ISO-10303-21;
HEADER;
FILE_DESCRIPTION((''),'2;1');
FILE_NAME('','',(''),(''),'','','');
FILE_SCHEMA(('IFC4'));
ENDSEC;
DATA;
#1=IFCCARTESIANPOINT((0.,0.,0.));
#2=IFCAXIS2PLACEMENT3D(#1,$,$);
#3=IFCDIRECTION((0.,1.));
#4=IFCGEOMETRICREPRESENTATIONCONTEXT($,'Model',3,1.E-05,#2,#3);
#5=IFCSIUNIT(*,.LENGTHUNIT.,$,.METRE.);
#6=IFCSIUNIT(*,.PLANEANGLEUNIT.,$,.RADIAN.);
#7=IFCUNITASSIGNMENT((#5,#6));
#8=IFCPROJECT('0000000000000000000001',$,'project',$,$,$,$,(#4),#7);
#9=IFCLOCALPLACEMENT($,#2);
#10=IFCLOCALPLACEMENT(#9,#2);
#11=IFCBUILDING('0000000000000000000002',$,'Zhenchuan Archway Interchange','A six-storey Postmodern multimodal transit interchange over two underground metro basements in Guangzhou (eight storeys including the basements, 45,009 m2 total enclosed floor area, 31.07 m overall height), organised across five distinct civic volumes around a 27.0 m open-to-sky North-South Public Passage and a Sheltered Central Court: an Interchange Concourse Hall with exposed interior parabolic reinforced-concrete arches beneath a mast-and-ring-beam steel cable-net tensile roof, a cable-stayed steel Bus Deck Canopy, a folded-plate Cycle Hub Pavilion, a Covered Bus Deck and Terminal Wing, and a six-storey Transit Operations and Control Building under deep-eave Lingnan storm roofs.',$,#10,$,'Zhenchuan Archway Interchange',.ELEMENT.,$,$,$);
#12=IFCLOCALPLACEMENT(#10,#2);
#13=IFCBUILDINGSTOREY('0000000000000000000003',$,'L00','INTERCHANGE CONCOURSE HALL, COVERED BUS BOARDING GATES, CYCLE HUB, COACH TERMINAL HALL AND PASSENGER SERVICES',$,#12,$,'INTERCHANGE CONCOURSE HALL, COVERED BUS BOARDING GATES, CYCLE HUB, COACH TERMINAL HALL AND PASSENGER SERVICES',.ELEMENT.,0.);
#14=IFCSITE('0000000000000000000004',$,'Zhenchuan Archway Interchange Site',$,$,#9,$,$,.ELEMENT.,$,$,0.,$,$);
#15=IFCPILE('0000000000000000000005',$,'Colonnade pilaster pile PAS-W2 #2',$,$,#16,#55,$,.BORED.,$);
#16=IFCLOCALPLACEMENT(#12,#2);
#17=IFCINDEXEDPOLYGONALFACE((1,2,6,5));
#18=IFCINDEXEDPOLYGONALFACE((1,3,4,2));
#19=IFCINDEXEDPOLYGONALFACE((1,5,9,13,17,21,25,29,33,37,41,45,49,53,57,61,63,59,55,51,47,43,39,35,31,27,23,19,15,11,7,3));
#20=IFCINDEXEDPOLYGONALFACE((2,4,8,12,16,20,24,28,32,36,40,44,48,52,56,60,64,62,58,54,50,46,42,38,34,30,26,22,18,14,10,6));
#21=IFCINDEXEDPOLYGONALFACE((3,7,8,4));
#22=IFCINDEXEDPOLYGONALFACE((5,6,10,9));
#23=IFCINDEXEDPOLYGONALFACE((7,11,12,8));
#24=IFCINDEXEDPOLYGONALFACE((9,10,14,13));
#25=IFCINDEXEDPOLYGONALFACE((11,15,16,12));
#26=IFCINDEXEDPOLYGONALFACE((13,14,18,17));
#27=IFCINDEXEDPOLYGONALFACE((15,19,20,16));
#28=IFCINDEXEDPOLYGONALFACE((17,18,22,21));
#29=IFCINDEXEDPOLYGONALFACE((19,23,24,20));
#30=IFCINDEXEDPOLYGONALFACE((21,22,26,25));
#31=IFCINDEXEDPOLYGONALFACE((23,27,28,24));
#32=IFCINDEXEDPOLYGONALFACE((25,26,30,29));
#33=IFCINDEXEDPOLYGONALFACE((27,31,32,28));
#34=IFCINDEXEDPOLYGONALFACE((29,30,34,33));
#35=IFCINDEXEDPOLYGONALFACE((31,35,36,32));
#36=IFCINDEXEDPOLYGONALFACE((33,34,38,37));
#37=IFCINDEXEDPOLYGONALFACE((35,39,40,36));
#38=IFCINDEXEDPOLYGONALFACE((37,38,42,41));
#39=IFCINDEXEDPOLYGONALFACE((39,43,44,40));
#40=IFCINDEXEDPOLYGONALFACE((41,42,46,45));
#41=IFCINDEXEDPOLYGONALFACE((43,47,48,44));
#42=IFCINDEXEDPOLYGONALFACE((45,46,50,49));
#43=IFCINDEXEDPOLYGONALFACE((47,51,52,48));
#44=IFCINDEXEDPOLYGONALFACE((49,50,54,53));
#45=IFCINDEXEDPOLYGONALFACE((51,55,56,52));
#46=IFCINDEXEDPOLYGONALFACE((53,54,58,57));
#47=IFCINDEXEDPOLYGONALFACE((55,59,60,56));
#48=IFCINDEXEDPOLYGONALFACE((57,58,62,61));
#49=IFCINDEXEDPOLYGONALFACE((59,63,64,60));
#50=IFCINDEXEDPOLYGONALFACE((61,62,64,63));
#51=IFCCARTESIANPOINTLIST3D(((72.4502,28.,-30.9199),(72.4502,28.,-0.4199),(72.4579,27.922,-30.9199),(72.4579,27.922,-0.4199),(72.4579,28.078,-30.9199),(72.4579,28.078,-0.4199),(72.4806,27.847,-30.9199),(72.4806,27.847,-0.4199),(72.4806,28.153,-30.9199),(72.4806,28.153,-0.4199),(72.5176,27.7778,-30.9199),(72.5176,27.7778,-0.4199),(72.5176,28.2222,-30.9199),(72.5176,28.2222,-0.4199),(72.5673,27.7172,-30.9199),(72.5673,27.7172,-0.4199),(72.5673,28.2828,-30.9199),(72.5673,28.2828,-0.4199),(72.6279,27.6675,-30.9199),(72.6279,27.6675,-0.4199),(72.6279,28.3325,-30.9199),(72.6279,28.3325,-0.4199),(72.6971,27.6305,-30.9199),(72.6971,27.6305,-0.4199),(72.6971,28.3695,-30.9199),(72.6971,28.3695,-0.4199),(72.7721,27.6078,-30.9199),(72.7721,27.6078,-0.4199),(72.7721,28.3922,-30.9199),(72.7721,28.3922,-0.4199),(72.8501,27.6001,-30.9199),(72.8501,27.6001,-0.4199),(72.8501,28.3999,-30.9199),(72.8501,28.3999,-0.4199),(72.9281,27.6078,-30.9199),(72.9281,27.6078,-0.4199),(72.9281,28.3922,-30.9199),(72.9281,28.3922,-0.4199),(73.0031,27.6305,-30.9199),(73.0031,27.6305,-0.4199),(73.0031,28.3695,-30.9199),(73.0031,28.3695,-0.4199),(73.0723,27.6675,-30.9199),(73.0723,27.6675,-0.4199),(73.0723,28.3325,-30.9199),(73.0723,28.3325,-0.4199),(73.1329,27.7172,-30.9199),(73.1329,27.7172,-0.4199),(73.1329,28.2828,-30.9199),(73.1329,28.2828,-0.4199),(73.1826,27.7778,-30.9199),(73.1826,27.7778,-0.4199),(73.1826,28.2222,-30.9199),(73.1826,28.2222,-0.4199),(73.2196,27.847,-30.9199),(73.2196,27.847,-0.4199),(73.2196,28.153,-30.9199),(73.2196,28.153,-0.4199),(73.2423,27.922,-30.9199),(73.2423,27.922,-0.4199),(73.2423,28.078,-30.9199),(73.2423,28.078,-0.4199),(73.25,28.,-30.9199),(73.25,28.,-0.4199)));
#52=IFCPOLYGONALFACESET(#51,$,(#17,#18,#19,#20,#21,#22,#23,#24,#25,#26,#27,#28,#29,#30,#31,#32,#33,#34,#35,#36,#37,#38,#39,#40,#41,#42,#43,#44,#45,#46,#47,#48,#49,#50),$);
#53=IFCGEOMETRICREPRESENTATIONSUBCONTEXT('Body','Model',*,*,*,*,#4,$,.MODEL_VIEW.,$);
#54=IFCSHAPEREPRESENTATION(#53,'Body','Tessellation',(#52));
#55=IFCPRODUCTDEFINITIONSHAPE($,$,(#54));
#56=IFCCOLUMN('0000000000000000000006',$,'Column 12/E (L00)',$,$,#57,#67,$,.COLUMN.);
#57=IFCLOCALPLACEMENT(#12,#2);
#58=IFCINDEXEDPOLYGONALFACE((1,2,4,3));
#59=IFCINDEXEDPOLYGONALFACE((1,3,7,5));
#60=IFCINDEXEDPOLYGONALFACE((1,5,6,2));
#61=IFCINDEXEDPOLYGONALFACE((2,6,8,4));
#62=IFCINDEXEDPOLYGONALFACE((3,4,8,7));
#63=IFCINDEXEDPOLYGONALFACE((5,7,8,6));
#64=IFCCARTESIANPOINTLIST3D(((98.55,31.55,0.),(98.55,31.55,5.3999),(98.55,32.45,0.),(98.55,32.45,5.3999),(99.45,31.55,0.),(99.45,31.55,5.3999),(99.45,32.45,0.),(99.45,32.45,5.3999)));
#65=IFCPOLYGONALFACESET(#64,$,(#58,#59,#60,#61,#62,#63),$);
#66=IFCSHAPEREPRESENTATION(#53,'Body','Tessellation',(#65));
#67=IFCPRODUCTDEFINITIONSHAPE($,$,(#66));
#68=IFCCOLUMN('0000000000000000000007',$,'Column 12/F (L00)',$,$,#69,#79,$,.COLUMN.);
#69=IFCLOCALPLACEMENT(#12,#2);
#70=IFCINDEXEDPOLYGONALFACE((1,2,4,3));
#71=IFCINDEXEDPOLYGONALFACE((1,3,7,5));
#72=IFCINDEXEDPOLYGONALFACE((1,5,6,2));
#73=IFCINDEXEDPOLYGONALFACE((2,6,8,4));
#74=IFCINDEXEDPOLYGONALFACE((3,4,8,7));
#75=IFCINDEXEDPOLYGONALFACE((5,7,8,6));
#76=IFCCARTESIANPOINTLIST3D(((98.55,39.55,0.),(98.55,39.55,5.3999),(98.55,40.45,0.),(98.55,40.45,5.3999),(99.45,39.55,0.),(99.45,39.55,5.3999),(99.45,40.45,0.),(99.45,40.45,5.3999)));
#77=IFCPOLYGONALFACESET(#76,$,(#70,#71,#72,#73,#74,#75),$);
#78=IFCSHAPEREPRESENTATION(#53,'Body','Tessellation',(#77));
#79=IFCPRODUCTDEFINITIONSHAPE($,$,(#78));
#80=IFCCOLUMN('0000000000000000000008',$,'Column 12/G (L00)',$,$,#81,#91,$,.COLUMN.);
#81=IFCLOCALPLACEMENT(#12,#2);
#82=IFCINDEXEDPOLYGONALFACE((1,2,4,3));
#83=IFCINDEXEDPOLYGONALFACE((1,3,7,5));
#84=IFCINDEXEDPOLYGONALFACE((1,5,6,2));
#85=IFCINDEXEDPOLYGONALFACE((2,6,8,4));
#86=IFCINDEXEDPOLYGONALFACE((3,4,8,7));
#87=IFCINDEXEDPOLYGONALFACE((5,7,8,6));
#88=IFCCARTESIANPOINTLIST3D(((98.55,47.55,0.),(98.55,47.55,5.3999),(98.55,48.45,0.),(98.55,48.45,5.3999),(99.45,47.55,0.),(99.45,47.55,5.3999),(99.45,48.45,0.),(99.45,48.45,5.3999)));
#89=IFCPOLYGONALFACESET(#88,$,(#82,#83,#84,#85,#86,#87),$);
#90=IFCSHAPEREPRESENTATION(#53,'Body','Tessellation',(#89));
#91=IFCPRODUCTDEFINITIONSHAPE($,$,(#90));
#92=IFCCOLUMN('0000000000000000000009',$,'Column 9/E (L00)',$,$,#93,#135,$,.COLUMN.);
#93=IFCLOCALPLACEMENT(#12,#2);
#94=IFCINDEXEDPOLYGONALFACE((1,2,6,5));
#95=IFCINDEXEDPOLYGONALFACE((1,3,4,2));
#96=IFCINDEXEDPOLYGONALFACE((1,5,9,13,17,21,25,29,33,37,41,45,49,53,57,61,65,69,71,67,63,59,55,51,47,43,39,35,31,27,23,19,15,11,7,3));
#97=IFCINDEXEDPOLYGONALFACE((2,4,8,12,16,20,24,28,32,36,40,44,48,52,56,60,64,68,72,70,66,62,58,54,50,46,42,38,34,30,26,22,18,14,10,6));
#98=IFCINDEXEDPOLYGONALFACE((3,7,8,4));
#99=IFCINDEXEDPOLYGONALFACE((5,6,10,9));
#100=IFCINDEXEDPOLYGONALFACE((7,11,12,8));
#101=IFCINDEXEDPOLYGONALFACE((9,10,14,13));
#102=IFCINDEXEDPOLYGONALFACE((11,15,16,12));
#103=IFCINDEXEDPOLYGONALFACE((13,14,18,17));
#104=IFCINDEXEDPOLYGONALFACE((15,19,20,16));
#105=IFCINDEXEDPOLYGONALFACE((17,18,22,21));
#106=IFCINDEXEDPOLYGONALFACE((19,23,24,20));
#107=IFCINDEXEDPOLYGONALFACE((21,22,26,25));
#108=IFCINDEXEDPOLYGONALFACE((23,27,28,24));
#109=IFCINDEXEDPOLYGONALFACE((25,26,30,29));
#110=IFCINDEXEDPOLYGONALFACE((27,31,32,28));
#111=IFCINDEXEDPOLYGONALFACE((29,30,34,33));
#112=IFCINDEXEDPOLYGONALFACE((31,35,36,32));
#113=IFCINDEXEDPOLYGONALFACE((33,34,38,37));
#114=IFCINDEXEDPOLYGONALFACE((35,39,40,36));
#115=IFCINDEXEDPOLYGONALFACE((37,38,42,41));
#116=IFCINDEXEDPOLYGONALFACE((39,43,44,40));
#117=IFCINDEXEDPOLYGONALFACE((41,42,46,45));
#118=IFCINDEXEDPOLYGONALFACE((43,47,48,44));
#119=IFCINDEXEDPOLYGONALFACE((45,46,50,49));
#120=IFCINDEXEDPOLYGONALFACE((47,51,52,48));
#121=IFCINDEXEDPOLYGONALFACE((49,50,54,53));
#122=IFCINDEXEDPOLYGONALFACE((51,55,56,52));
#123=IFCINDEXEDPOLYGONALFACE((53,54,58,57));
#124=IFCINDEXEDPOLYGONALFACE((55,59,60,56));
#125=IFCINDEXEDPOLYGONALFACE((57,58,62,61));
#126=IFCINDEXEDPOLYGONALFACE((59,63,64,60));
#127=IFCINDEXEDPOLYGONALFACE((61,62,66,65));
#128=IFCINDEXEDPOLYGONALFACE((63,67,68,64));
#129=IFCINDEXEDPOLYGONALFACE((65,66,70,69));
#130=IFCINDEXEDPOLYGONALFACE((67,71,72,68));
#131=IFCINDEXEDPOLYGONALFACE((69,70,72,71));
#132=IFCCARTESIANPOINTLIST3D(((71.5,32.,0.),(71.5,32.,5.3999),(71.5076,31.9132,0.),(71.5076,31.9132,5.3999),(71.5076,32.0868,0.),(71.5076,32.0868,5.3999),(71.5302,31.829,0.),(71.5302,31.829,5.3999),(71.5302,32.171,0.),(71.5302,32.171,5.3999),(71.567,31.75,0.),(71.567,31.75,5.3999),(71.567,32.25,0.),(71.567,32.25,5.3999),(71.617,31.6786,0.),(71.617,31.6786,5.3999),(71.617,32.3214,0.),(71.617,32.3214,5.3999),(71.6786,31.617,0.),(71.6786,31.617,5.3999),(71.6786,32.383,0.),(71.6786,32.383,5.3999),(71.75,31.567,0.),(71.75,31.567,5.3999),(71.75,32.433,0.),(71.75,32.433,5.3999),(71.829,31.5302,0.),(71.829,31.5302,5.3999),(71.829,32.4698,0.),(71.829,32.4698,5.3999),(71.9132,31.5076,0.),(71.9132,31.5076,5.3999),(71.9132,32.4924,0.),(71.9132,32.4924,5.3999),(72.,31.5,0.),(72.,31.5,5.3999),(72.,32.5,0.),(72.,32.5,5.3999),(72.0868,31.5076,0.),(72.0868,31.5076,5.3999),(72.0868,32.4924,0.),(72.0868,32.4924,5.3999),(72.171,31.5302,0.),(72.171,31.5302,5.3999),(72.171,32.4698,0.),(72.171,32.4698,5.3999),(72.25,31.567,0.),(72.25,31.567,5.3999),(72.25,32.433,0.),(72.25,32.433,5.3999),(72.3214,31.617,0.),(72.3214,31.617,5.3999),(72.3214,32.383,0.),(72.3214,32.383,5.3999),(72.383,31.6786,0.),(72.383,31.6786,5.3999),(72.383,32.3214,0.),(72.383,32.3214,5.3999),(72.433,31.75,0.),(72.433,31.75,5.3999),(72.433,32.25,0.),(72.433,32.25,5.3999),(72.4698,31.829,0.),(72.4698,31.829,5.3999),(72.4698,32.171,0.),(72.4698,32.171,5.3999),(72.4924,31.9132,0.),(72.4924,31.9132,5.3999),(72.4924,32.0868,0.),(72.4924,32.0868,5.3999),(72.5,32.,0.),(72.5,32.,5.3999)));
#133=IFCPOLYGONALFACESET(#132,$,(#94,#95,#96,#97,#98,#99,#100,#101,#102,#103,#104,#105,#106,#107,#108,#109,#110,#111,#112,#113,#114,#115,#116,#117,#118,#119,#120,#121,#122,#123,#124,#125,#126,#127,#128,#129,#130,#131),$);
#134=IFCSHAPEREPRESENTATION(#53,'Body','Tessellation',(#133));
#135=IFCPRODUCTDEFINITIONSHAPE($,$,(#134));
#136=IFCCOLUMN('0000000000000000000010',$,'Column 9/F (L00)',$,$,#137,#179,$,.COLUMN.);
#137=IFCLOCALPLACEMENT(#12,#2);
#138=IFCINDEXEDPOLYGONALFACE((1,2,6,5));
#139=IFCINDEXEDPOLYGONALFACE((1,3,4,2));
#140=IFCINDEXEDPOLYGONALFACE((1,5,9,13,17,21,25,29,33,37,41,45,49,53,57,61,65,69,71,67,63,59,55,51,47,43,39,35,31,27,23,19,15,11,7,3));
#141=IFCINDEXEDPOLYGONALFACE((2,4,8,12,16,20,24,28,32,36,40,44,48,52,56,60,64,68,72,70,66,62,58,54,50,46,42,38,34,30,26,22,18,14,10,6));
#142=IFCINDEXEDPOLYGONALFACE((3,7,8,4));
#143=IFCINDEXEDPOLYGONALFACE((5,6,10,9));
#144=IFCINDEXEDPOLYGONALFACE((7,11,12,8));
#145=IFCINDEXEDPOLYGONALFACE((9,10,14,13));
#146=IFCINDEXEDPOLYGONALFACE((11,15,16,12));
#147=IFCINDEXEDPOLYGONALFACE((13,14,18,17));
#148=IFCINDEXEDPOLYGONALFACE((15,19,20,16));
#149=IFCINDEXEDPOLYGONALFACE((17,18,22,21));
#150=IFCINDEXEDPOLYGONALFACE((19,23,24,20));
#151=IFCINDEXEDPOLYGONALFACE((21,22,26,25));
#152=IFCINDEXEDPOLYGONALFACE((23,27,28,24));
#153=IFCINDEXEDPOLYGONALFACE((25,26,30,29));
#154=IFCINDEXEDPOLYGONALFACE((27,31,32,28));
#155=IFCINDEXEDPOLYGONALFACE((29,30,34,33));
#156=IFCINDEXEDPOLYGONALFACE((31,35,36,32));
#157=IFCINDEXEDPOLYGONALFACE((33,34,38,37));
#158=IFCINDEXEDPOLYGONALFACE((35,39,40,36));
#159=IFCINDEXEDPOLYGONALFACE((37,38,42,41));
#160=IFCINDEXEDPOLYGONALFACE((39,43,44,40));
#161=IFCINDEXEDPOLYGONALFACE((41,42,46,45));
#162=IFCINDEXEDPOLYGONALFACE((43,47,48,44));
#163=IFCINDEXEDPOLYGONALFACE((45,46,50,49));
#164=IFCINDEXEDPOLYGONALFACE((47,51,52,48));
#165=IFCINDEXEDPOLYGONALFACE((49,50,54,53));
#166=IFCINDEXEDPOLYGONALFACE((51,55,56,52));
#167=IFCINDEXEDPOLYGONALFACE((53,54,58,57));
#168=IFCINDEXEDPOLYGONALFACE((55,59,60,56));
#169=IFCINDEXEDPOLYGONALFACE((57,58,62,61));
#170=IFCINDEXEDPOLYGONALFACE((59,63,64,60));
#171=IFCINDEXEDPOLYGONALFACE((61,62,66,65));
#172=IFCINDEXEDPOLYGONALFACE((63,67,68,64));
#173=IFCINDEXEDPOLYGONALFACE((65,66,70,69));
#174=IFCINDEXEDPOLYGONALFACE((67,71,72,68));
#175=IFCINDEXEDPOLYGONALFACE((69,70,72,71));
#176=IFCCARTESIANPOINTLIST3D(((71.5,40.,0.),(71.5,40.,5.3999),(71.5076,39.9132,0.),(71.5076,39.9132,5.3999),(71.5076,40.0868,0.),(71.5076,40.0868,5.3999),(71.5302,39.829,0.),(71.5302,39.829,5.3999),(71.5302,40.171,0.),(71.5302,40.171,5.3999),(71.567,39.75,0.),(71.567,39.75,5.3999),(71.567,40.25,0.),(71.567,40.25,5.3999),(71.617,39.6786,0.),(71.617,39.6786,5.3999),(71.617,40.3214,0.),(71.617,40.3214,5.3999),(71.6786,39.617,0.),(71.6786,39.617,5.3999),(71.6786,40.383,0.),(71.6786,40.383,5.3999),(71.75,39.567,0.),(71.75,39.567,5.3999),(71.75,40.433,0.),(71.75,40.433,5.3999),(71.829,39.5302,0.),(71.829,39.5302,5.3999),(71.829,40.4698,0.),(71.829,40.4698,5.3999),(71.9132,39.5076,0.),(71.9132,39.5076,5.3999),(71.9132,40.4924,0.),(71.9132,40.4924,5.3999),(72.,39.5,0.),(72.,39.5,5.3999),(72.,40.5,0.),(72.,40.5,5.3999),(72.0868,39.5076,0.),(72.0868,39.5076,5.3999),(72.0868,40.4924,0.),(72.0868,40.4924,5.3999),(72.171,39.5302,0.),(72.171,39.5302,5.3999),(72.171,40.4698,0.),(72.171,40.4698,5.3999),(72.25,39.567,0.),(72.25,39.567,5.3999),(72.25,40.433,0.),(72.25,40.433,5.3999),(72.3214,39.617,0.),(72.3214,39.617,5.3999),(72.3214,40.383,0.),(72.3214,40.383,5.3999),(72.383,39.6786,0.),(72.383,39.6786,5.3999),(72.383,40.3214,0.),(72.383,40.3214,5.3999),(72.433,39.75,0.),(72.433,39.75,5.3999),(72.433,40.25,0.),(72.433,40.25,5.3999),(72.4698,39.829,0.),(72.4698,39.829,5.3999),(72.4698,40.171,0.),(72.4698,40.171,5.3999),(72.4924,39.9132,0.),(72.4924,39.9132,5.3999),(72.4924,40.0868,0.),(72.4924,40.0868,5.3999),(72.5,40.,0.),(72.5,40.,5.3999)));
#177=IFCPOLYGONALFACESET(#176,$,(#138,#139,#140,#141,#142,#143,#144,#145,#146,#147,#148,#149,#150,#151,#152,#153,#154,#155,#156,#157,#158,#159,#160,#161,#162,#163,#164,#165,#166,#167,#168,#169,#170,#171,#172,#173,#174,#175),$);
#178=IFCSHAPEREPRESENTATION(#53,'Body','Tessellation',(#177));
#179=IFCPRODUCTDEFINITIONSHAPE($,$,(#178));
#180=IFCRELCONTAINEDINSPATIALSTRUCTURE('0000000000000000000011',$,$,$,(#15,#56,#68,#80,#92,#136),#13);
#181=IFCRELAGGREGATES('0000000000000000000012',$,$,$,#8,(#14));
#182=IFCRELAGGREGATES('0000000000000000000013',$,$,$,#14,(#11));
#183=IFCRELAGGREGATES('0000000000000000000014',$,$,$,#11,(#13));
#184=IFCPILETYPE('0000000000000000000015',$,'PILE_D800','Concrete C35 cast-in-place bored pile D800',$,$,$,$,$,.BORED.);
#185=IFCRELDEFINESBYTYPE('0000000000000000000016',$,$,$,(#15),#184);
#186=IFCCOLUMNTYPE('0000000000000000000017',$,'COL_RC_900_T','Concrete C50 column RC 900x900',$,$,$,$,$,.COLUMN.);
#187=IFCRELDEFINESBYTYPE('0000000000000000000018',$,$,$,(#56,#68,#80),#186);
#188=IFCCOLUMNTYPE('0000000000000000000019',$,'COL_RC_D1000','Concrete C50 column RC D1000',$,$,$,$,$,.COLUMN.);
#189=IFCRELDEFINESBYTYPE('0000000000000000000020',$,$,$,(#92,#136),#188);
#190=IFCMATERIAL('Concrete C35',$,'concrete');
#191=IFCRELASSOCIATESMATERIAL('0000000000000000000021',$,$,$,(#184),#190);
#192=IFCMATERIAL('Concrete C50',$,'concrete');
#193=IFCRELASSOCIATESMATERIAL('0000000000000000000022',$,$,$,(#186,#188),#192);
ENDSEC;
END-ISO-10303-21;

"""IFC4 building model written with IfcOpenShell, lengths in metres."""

from ifc_helpers import new_model, si_unit, direction, frame, origin, origin_2d, place, context, subcontext, project, spatial, rectangle, circle, extrude, material, material_profile, profile_set, type_object, element, save


model = new_model("IFC4")

# Units and contexts
model_context = context("Model", 3, precision=1e-05, world=origin(), true_north=direction((0.0, 1.0)))
body_context = subcontext(model_context, "Body", "Model", "MODEL_VIEW")
ifc_project = project(units=[si_unit("LENGTHUNIT", "METRE"), si_unit("PLANEANGLEUNIT", "RADIAN")], contexts=[model_context])

# Site, building, storey
site_placement = place(None, origin())
site = spatial("IfcSite", under=ifc_project, at=site_placement, Name="Zhenchuan Archway Interchange Site", CompositionType="ELEMENT", RefElevation=0.0)
building_placement = place(site_placement, origin())
building = spatial("IfcBuilding", under=site, at=building_placement, Name="Zhenchuan Archway Interchange", Description="A six-storey Postmodern multimodal transit interchange over two underground metro basements in Guangzhou (eight storeys including the basements, 45,009 m2 total enclosed floor area, 31.07 m overall height), organised across five distinct civic volumes around a 27.0 m open-to-sky North-South Public Passage and a Sheltered Central Court: an Interchange Concourse Hall with exposed interior parabolic reinforced-concrete arches beneath a mast-and-ring-beam steel cable-net tensile roof, a cable-stayed steel Bus Deck Canopy, a folded-plate Cycle Hub Pavilion, a Covered Bus Deck and Terminal Wing, and a six-storey Transit Operations and Control Building under deep-eave Lingnan storm roofs.", LongName="Zhenchuan Archway Interchange", CompositionType="ELEMENT")
storey_placement = place(building_placement, origin())
storey = spatial("IfcBuildingStorey", under=building, at=storey_placement, Name="L00", Description="INTERCHANGE CONCOURSE HALL, COVERED BUS BOARDING GATES, CYCLE HUB, COACH TERMINAL HALL AND PASSENGER SERVICES", LongName="INTERCHANGE CONCOURSE HALL, COVERED BUS BOARDING GATES, CYCLE HUB, COACH TERMINAL HALL AND PASSENGER SERVICES", CompositionType="ELEMENT", Elevation=0.0)

# Pile
ifc_material_1 = material(Name="Concrete C35", Category="concrete")
ifc_material_profile_1 = material_profile(ifc_material_1, circle(Radius=0.3999, at=origin_2d()), Name="BORED PILE 800")
ifc_profile_set_1 = profile_set([ifc_material_profile_1], Name="Concrete C35")
pile_type = type_object("IfcPileType", Name="PILE_D800", Description="Concrete C35 cast-in-place bored pile D800", PredefinedType="BORED", material=ifc_profile_set_1)
pile_placement = place(storey_placement, frame((72.8501, 28.0, -0.4199), z_axis=(0.0, 0.0, -1.0), x_axis=(1.0, 0.0, 0.0)))
element("IfcPile", 1, at=pile_placement, inside=storey, type_object=pile_type, Name="Colonnade pilaster pile PAS-W2 #2", PredefinedType="BORED", context=body_context, shape_type="SweptSolid", body=[
    extrude(circle(Radius=0.3999, at=origin_2d()), origin(), (0.0, 0.0, 1.0), 30.5),
])

# Columns
ifc_material_2 = material(Name="Concrete C50", Category="concrete")
ifc_material_profile_2 = material_profile(ifc_material_2, rectangle(XDim=0.8999, YDim=0.8999, at=origin_2d()), Name="RC 900x900")
ifc_profile_set_2 = profile_set([ifc_material_profile_2], Name="Concrete C50")
column_type_1 = type_object("IfcColumnType", Name="COL_RC_900_T", Description="Concrete C50 column RC 900x900", PredefinedType="COLUMN", material=ifc_profile_set_2)
for number, where, z_axis, x_axis, name in (
    (2, (99.0, 32.0, 0.0), (0.0, 0.0, 1.0), (1.0, 0.0, 0.0), "Column 12/E (L00)"),
    (3, (99.0, 40.0, 0.0), (0.0, 0.0, 1.0), (1.0, 0.0, 0.0), "Column 12/F (L00)"),
    (4, (99.0, 48.0, 0.0), (0.0, 0.0, 1.0), (1.0, 0.0, 0.0), "Column 12/G (L00)"),
):
    element("IfcColumn", number, at=place(storey_placement, frame(where, z_axis=z_axis, x_axis=x_axis)), inside=storey, type_object=column_type_1, Name=name, PredefinedType="COLUMN", context=body_context, shape_type="SweptSolid", body=[
        extrude(rectangle(XDim=0.8999, YDim=0.8999, at=origin_2d()), origin(), (0.0, 0.0, 1.0), 5.3999),
    ])
ifc_material_profile_3 = material_profile(ifc_material_2, circle(Radius=0.5, at=origin_2d()), Name="RC D1000")
ifc_profile_set_3 = profile_set([ifc_material_profile_3], Name="Concrete C50")
column_type_2 = type_object("IfcColumnType", Name="COL_RC_D1000", Description="Concrete C50 column RC D1000", PredefinedType="COLUMN", material=ifc_profile_set_3)
for number, where, z_axis, x_axis, name in (
    (5, (72.0, 32.0, 0.0), (0.0, 0.0, 1.0), (1.0, 0.0, 0.0), "Column 9/E (L00)"),
    (6, (72.0, 40.0, 0.0), (0.0, 0.0, 1.0), (1.0, 0.0, 0.0), "Column 9/F (L00)"),
):
    element("IfcColumn", number, at=place(storey_placement, frame(where, z_axis=z_axis, x_axis=x_axis)), inside=storey, type_object=column_type_2, Name=name, PredefinedType="COLUMN", context=body_context, shape_type="SweptSolid", body=[
        extrude(circle(Radius=0.5, at=origin_2d()), origin(), (0.0, 0.0, 1.0), 5.3999),
    ])

save(model, "model.ifc")
